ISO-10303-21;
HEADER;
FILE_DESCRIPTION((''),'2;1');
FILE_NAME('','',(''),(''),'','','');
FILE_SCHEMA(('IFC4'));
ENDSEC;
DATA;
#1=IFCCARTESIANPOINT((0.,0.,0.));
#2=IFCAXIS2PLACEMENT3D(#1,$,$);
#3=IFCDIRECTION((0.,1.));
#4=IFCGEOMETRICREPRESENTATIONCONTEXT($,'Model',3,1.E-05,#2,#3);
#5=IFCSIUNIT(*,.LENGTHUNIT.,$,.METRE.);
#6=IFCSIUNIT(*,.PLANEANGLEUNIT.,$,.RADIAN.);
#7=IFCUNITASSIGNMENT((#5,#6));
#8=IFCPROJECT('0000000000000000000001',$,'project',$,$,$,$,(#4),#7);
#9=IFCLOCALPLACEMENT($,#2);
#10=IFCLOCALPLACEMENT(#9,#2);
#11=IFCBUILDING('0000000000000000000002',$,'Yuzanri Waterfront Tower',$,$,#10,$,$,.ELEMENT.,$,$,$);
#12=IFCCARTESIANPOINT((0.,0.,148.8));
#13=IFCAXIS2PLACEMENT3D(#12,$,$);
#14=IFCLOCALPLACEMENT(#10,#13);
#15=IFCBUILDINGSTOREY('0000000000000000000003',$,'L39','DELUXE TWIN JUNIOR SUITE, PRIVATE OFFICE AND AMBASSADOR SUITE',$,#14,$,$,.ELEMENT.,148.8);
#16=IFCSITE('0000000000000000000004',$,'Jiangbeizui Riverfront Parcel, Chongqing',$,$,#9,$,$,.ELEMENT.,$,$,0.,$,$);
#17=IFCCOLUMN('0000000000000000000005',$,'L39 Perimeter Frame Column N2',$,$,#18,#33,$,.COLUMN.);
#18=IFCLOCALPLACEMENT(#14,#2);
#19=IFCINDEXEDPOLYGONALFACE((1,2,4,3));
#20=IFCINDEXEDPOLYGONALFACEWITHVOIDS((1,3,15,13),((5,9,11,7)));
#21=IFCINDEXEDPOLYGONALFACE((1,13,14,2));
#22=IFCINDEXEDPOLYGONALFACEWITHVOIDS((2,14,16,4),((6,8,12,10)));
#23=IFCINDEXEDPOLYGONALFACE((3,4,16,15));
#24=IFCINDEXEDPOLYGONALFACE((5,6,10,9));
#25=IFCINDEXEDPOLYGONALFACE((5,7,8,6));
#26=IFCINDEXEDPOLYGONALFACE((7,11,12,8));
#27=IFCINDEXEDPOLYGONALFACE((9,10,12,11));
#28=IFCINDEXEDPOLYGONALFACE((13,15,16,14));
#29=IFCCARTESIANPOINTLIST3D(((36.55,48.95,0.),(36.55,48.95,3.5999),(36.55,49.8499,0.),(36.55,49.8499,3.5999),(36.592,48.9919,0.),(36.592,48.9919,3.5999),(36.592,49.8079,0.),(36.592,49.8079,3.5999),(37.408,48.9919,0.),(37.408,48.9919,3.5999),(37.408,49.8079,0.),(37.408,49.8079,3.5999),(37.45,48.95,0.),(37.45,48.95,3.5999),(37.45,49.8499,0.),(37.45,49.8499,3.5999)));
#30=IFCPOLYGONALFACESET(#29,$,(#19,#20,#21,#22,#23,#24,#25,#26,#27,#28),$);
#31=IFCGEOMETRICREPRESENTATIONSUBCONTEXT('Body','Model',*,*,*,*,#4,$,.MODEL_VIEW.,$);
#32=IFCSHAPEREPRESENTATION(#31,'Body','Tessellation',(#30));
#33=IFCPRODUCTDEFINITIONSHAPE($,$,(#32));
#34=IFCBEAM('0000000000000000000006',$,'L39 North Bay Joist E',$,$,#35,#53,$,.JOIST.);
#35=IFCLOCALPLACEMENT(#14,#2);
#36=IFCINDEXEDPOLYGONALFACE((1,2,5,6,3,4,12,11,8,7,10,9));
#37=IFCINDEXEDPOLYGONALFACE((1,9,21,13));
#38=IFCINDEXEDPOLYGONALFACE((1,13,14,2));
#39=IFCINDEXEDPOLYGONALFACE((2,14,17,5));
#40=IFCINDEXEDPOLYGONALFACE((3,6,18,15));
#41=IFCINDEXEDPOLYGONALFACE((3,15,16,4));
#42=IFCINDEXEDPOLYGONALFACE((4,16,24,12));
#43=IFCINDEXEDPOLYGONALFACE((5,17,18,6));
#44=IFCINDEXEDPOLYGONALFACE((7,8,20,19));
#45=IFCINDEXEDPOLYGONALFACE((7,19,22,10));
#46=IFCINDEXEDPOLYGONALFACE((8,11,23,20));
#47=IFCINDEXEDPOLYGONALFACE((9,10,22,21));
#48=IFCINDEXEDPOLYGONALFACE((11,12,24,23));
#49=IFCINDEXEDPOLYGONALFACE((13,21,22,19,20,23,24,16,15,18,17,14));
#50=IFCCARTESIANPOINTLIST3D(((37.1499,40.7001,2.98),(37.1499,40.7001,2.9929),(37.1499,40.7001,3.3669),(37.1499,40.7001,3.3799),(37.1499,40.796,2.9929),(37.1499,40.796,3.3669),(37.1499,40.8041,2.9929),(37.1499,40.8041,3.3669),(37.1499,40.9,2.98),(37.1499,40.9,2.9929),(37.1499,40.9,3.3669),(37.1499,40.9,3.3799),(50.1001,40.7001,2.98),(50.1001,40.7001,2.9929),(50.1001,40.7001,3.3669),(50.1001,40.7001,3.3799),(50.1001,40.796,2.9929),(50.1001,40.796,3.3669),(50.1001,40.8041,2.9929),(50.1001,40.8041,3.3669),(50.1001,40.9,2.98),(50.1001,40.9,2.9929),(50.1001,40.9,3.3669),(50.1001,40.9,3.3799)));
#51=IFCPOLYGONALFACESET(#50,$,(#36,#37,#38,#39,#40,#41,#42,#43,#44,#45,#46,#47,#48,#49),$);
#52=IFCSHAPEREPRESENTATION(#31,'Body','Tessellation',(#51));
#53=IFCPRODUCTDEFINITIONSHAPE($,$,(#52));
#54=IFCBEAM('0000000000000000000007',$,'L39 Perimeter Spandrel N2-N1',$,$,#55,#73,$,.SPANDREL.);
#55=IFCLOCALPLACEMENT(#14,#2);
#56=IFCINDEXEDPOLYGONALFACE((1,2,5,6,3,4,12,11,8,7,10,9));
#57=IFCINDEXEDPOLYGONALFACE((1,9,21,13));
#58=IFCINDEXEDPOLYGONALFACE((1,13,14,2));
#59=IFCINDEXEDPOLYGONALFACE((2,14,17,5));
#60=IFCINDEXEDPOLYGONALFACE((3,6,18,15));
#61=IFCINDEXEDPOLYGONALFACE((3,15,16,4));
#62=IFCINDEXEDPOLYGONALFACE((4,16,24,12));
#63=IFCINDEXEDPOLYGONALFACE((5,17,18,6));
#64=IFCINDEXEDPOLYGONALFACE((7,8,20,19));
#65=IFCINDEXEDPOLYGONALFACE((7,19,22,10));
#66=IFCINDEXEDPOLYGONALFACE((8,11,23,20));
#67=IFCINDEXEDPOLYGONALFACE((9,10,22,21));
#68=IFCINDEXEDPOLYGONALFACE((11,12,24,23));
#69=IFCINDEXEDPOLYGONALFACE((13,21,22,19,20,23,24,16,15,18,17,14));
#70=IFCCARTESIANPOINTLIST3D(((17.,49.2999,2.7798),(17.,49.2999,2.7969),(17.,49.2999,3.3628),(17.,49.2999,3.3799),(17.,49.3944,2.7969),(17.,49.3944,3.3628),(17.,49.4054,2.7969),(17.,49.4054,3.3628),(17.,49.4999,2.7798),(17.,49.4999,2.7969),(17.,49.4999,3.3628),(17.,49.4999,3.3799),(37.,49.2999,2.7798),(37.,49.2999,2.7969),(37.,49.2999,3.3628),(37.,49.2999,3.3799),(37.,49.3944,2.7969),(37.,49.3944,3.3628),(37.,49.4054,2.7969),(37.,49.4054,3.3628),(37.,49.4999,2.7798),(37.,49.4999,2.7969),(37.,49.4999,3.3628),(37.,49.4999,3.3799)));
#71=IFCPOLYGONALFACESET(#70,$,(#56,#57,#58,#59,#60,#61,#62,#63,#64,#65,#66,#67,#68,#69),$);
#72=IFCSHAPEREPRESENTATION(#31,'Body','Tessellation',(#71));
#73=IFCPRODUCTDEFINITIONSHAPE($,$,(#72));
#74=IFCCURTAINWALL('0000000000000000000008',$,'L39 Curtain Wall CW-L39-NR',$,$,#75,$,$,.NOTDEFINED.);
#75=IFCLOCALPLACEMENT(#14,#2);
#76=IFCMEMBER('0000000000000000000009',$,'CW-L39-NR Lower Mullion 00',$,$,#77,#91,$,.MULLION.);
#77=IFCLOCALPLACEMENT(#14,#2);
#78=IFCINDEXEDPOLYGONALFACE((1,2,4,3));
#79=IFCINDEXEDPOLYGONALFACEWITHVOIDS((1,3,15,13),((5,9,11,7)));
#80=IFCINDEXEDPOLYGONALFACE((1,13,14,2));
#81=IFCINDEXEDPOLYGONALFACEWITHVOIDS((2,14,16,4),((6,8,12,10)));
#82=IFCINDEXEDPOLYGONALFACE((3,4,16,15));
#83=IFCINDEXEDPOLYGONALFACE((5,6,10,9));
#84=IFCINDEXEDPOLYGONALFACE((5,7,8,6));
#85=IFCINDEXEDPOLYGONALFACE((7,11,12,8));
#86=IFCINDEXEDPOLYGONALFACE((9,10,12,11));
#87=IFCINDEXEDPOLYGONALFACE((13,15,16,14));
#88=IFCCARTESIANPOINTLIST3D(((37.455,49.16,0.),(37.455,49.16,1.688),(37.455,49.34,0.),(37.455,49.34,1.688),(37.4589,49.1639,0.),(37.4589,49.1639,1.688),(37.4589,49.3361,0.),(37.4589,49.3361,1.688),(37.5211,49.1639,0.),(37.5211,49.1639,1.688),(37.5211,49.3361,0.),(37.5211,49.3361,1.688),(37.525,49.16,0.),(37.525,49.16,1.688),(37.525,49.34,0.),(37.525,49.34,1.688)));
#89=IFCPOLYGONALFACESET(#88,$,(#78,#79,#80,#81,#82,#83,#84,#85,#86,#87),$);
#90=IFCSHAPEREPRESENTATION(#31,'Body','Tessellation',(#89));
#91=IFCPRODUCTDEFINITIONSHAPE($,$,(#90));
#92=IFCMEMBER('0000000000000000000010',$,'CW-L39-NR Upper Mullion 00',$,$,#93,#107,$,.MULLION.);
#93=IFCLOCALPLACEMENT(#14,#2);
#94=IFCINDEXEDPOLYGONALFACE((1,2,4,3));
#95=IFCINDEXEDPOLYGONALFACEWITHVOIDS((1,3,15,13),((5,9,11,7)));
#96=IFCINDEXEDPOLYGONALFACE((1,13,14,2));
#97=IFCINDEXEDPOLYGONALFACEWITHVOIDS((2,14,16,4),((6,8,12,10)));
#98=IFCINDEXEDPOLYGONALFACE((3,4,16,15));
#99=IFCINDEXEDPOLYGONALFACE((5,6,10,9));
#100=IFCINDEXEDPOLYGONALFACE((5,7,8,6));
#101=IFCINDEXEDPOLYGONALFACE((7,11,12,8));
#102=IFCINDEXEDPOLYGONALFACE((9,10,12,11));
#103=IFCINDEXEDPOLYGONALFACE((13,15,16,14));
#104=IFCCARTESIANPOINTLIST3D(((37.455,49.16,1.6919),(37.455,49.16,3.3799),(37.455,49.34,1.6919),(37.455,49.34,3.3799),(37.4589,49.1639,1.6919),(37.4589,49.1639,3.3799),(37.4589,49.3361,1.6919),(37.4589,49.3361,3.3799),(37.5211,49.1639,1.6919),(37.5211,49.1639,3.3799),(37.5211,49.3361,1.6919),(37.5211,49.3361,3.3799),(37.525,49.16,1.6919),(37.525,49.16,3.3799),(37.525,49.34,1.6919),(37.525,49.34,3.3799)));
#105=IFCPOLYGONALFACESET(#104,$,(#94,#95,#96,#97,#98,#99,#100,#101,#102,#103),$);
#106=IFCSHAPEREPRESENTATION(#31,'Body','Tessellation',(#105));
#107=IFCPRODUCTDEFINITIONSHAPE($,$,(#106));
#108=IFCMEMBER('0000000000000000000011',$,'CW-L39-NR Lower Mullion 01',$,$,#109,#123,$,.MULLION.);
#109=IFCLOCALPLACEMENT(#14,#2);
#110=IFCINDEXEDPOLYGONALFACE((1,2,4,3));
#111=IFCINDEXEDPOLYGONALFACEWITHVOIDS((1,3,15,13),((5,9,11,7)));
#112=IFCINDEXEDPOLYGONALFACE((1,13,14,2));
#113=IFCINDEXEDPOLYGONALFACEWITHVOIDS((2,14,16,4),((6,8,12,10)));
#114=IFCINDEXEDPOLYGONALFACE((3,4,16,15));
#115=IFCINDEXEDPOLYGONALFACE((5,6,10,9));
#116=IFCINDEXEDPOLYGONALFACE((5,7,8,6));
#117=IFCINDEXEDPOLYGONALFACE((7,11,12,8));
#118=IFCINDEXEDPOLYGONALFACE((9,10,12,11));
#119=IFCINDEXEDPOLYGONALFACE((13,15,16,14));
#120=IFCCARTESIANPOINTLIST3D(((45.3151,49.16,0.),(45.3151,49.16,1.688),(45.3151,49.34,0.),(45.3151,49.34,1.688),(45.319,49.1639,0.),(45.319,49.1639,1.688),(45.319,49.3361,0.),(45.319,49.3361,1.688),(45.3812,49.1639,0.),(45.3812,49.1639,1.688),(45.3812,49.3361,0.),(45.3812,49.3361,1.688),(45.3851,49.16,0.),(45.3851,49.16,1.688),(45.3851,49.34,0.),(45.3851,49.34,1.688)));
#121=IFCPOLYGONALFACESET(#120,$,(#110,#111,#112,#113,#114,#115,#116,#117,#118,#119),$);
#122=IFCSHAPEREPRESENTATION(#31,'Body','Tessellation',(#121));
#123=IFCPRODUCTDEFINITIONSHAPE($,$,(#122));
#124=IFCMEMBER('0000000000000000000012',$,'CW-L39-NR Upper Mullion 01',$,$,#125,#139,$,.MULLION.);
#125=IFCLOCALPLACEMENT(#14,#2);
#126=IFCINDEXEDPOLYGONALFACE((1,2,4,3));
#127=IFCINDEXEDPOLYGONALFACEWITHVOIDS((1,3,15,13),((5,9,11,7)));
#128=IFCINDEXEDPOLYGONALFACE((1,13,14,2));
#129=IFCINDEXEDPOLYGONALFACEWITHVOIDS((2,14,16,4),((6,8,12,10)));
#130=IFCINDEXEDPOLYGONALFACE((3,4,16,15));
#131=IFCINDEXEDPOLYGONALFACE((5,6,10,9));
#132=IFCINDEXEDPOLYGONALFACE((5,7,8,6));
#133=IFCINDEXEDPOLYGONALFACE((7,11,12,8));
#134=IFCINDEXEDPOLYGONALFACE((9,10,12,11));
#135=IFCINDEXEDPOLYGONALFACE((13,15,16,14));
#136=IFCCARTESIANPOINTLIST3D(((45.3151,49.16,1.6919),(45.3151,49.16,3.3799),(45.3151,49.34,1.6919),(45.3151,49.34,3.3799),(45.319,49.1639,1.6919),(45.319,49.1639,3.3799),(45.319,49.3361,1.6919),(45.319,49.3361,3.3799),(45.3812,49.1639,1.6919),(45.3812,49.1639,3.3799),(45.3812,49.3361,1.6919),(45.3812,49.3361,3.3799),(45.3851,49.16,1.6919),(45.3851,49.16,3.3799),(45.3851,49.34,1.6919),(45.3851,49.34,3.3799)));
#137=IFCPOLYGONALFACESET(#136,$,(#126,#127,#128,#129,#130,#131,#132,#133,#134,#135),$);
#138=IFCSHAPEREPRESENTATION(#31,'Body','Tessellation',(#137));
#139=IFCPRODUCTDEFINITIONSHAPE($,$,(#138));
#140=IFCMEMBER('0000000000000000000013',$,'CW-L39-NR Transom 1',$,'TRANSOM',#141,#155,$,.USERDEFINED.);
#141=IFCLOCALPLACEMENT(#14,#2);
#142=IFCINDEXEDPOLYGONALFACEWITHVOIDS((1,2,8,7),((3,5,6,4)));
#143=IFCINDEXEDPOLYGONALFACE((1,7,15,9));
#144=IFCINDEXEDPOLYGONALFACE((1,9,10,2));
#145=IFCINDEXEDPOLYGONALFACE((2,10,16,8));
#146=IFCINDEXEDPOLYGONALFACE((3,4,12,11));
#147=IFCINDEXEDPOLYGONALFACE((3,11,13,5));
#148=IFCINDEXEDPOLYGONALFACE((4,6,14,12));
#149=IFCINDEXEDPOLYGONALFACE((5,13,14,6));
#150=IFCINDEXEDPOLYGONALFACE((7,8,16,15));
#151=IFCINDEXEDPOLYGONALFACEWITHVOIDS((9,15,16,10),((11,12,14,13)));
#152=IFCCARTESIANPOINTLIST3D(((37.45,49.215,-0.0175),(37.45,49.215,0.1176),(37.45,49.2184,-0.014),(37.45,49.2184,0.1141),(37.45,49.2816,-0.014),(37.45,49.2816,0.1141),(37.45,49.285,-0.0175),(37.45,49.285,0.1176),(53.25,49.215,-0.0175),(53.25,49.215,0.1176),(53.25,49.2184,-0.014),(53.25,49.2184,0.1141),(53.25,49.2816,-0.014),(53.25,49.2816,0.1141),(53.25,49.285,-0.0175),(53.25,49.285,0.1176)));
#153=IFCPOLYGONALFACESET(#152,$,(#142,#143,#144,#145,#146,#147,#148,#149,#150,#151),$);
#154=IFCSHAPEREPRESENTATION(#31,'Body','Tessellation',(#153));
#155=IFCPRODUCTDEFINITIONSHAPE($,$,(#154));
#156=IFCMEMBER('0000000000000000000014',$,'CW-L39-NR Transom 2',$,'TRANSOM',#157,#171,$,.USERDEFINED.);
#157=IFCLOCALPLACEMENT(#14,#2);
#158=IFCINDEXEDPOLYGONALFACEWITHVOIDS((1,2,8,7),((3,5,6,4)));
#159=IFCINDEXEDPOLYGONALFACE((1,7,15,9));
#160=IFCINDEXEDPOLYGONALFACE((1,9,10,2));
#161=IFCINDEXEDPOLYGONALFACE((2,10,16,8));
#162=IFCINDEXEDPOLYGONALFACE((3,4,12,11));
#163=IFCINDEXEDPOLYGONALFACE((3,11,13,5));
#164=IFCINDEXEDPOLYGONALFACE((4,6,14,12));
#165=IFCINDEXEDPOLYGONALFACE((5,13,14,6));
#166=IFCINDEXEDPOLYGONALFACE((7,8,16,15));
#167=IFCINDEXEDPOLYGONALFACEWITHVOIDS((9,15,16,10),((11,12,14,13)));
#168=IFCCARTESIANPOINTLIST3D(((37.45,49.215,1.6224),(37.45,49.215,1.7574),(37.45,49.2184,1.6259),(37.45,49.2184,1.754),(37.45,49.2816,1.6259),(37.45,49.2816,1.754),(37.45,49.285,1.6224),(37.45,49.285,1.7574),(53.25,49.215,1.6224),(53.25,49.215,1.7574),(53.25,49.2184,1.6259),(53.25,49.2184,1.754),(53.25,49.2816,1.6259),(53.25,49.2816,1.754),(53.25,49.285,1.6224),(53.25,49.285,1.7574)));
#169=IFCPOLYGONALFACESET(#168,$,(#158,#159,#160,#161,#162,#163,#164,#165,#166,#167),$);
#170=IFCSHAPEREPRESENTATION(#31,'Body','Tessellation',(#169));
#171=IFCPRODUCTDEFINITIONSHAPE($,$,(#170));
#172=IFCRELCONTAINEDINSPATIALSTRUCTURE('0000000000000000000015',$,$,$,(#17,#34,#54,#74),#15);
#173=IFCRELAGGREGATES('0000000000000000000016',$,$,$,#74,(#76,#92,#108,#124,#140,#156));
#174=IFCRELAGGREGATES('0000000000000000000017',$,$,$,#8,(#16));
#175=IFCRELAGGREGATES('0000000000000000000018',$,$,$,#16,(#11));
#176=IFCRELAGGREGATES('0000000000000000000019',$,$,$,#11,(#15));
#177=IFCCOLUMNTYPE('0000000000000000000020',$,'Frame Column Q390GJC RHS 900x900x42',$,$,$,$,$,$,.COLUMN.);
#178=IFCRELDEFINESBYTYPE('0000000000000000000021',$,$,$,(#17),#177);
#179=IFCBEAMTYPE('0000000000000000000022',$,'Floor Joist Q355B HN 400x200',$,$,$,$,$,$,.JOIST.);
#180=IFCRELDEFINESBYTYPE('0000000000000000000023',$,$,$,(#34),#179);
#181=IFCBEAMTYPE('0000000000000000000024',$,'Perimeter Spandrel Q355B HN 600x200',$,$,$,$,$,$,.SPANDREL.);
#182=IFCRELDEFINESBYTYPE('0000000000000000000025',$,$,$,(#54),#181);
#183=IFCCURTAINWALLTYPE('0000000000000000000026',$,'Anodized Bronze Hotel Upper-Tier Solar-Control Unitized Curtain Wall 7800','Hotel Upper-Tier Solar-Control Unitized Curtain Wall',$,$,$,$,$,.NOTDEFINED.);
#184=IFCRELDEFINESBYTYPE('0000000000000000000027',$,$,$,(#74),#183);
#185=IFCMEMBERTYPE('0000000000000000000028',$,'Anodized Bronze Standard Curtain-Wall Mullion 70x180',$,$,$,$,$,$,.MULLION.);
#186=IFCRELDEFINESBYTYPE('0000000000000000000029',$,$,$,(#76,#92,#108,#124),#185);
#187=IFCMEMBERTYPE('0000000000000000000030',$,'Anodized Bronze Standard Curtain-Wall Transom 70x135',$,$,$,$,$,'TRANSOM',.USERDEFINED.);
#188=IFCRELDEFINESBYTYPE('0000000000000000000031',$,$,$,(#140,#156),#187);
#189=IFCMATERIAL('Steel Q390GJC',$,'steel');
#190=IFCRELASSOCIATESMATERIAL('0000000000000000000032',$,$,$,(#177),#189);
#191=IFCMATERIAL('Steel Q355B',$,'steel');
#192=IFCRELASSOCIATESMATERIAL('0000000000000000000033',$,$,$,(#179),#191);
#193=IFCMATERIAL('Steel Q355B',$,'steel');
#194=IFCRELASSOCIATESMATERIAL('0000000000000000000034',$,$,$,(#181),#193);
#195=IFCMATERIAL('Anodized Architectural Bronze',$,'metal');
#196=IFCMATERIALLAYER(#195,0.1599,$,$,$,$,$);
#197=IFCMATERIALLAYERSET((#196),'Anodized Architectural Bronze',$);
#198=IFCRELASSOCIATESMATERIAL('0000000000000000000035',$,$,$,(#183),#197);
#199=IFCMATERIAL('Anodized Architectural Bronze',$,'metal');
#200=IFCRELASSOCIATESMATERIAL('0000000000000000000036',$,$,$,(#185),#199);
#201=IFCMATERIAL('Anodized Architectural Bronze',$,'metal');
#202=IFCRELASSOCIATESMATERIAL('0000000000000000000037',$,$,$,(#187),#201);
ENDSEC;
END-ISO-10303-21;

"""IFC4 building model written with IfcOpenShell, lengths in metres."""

from ifc_helpers import new_model, si_unit, direction, frame, origin, origin_2d, place, context, subcontext, project, spatial, hollow_rectangle, i_section, extrude, source, transform, mapped, material, layer, layer_set, material_profile, profile_set, type_object, element, aggregate, save


model = new_model("IFC4")

# Units and contexts
model_context = context("Model", 3, precision=1e-05, world=origin(), true_north=direction((0.0, 1.0)))
body_context = subcontext(model_context, "Body", "Model", "MODEL_VIEW")
ifc_project = project(units=[si_unit("LENGTHUNIT", "METRE"), si_unit("PLANEANGLEUNIT", "RADIAN")], contexts=[model_context])

# Site, building, storey
site_placement = place(None, origin())
site = spatial("IfcSite", under=ifc_project, at=site_placement, Name="Jiangbeizui Riverfront Parcel, Chongqing", CompositionType="ELEMENT", RefElevation=0.0)
building_placement = place(site_placement, origin())
building = spatial("IfcBuilding", under=site, at=building_placement, Name="Yuzanri Waterfront Tower", CompositionType="ELEMENT")
storey_placement = place(building_placement, frame((0.0, 0.0, 148.8)))
storey = spatial("IfcBuildingStorey", under=building, at=storey_placement, Name="L39", Description="DELUXE TWIN JUNIOR SUITE, PRIVATE OFFICE AND AMBASSADOR SUITE", CompositionType="ELEMENT", Elevation=148.8)

# Column
ifc_material_1 = material(Name="Steel Q390GJC", Category="steel")
ifc_material_profile_1 = material_profile(ifc_material_1, hollow_rectangle(XDim=0.8999, YDim=0.8999, WallThickness=0.042, at=origin_2d()), Name="RHS 900x900x42")
ifc_profile_set_1 = profile_set([ifc_material_profile_1], Name="Steel Q390GJC")
column_type = type_object("IfcColumnType", Name="Frame Column Q390GJC RHS 900x900x42", PredefinedType="COLUMN", material=ifc_profile_set_1)
shared_shape_1 = source(origin(), body_context, "Body", "SweptSolid", [
    extrude(hollow_rectangle(XDim=0.8999, YDim=0.8999, WallThickness=0.042, at=origin_2d()), origin(), (0.0, 0.0, 1.0), 3.5999),
])
column_placement = place(storey_placement, frame((37.0, 49.3999, 0.0), z_axis=(0.0, 0.0, 1.0), x_axis=(1.0, 0.0, 0.0)))
element("IfcColumn", 1, at=column_placement, inside=storey, type_object=column_type, Name="L39 Perimeter Frame Column N2", PredefinedType="COLUMN", context=body_context, shape_type="MappedRepresentation", body=[
    mapped(shared_shape_1, transform((0.0, 0.0, 0.0), scale=1.0)),
])

# Beams
ifc_material_2 = material(Name="Steel Q355B", Category="steel")
ifc_material_profile_2 = material_profile(ifc_material_2, i_section(OverallWidth=0.2, OverallDepth=0.3999, WebThickness=0.0081, FlangeThickness=0.0129, at=origin_2d()), Name="HN 400x200x8x13")
ifc_profile_set_2 = profile_set([ifc_material_profile_2], Name="Steel Q355B")
beam_type_1 = type_object("IfcBeamType", Name="Floor Joist Q355B HN 400x200", PredefinedType="JOIST", material=ifc_profile_set_2)
shared_shape_2 = source(origin(), body_context, "Body", "SweptSolid", [
    extrude(i_section(OverallWidth=0.2, OverallDepth=0.3999, WebThickness=0.0081, FlangeThickness=0.0129, at=origin_2d()), origin(), (0.0, 0.0, 1.0), 12.9502),
])
beam_1_placement = place(storey_placement, frame((37.1499, 40.8, 3.1799), z_axis=(1.0, 0.0, 0.0), x_axis=(0.0, 1.0, 0.0)))
element("IfcBeam", 2, at=beam_1_placement, inside=storey, type_object=beam_type_1, Name="L39 North Bay Joist E", PredefinedType="JOIST", context=body_context, shape_type="MappedRepresentation", body=[
    mapped(shared_shape_2, transform((0.0, 0.0, 0.0), scale=1.0)),
])
ifc_material_3 = material(Name="Steel Q355B", Category="steel")
ifc_material_profile_3 = material_profile(ifc_material_3, i_section(OverallWidth=0.2, OverallDepth=0.6001, WebThickness=0.011, FlangeThickness=0.0171, at=origin_2d()), Name="HN 600x200x11x17")
ifc_profile_set_3 = profile_set([ifc_material_profile_3], Name="Steel Q355B")
beam_type_2 = type_object("IfcBeamType", Name="Perimeter Spandrel Q355B HN 600x200", PredefinedType="SPANDREL", material=ifc_profile_set_3)
shared_shape_3 = source(origin(), body_context, "Body", "SweptSolid", [
    extrude(i_section(OverallWidth=0.2, OverallDepth=0.6001, WebThickness=0.011, FlangeThickness=0.0171, at=origin_2d()), origin(), (0.0, 0.0, 1.0), 20.0),
])
beam_2_placement = place(storey_placement, frame((37.0, 49.3999, 3.0798), z_axis=(-1.0, 0.0, 0.0), x_axis=(0.0, -1.0, 0.0)))
element("IfcBeam", 3, at=beam_2_placement, inside=storey, type_object=beam_type_2, Name="L39 Perimeter Spandrel N2-N1", PredefinedType="SPANDREL", context=body_context, shape_type="MappedRepresentation", body=[
    mapped(shared_shape_3, transform((0.0, 0.0, 0.0), scale=1.0)),
])

# Curtain wall, members
ifc_material_4 = material(Name="Anodized Architectural Bronze", Category="metal")
ifc_layer_1 = layer(ifc_material_4, 0.1599)
ifc_layer_set_1 = layer_set([ifc_layer_1], Name="Anodized Architectural Bronze")
curtain_wall_type = type_object("IfcCurtainWallType", Name="Anodized Bronze Hotel Upper-Tier Solar-Control Unitized Curtain Wall 7800", Description="Hotel Upper-Tier Solar-Control Unitized Curtain Wall", PredefinedType="NOTDEFINED", material=ifc_layer_set_1)
curtain_wall_placement = place(storey_placement, origin())
curtain_wall = element("IfcCurtainWall", 4, at=curtain_wall_placement, inside=storey, type_object=curtain_wall_type, Name="L39 Curtain Wall CW-L39-NR", PredefinedType="NOTDEFINED")
ifc_material_5 = material(Name="Anodized Architectural Bronze", Category="metal")
ifc_material_profile_4 = material_profile(ifc_material_5, hollow_rectangle(XDim=0.0701, YDim=0.1799, WallThickness=0.0039, at=origin_2d()), Name="CWM 70x180")
ifc_profile_set_4 = profile_set([ifc_material_profile_4], Name="Anodized Architectural Bronze")
member_type_1 = type_object("IfcMemberType", Name="Anodized Bronze Standard Curtain-Wall Mullion 70x180", PredefinedType="MULLION", material=ifc_profile_set_4)
shared_shape_4 = source(origin(), body_context, "Body", "SweptSolid", [
    extrude(hollow_rectangle(XDim=0.0701, YDim=0.1799, WallThickness=0.0039, at=origin_2d()), origin(), (0.0, 0.0, 1.0), 1.688),
])
member_1_placement = place(storey_placement, frame((37.49, 49.25, 0.0), z_axis=(0.0, 0.0, 1.0), x_axis=(1.0, 0.0, 0.0)))
member_1 = element("IfcMember", 5, at=member_1_placement, type_object=member_type_1, Name="CW-L39-NR Lower Mullion 00", PredefinedType="MULLION", context=body_context, shape_type="MappedRepresentation", body=[
    mapped(shared_shape_4, transform((0.0, 0.0, 0.0), scale=1.0)),
])
member_2_placement = place(storey_placement, frame((37.49, 49.25, 1.6919), z_axis=(0.0, 0.0, 1.0), x_axis=(1.0, 0.0, 0.0)))
member_2 = element("IfcMember", 6, at=member_2_placement, type_object=member_type_1, Name="CW-L39-NR Upper Mullion 00", PredefinedType="MULLION", context=body_context, shape_type="MappedRepresentation", body=[
    mapped(shared_shape_4, transform((0.0, 0.0, 0.0), scale=1.0)),
])
member_3_placement = place(storey_placement, frame((45.3501, 49.25, 0.0), z_axis=(0.0, 0.0, 1.0), x_axis=(1.0, 0.0, 0.0)))
member_3 = element("IfcMember", 7, at=member_3_placement, type_object=member_type_1, Name="CW-L39-NR Lower Mullion 01", PredefinedType="MULLION", context=body_context, shape_type="MappedRepresentation", body=[
    mapped(shared_shape_4, transform((0.0, 0.0, 0.0), scale=1.0)),
])
member_4_placement = place(storey_placement, frame((45.3501, 49.25, 1.6919), z_axis=(0.0, 0.0, 1.0), x_axis=(1.0, 0.0, 0.0)))
member_4 = element("IfcMember", 8, at=member_4_placement, type_object=member_type_1, Name="CW-L39-NR Upper Mullion 01", PredefinedType="MULLION", context=body_context, shape_type="MappedRepresentation", body=[
    mapped(shared_shape_4, transform((0.0, 0.0, 0.0), scale=1.0)),
])
ifc_material_6 = material(Name="Anodized Architectural Bronze", Category="metal")
ifc_material_profile_5 = material_profile(ifc_material_6, hollow_rectangle(XDim=0.0701, YDim=0.135, WallThickness=0.0034, at=origin_2d()), Name="CWT 70x135")
ifc_profile_set_5 = profile_set([ifc_material_profile_5], Name="Anodized Architectural Bronze")
member_type_2 = type_object("IfcMemberType", Name="Anodized Bronze Standard Curtain-Wall Transom 70x135", ElementType="TRANSOM", PredefinedType="USERDEFINED", material=ifc_profile_set_5)
shared_shape_5 = source(origin(), body_context, "Body", "SweptSolid", [
    extrude(hollow_rectangle(XDim=0.0701, YDim=0.135, WallThickness=0.0034, at=origin_2d()), origin(), (0.0, 0.0, 1.0), 15.8),
])
member_5_placement = place(storey_placement, frame((37.45, 49.25, 0.05), z_axis=(1.0, 0.0, 0.0), x_axis=(0.0, 1.0, 0.0)))
member_5 = element("IfcMember", 9, at=member_5_placement, type_object=member_type_2, Name="CW-L39-NR Transom 1", ObjectType="TRANSOM", PredefinedType="USERDEFINED", context=body_context, shape_type="MappedRepresentation", body=[
    mapped(shared_shape_5, transform((0.0, 0.0, 0.0), scale=1.0)),
])
member_6_placement = place(storey_placement, frame((37.45, 49.25, 1.6899), z_axis=(1.0, 0.0, 0.0), x_axis=(0.0, 1.0, 0.0)))
member_6 = element("IfcMember", 10, at=member_6_placement, type_object=member_type_2, Name="CW-L39-NR Transom 2", ObjectType="TRANSOM", PredefinedType="USERDEFINED", context=body_context, shape_type="MappedRepresentation", body=[
    mapped(shared_shape_5, transform((0.0, 0.0, 0.0), scale=1.0)),
])
aggregate(curtain_wall, [member_1, member_2, member_3, member_4, member_5, member_6])

save(model, "model.ifc")
